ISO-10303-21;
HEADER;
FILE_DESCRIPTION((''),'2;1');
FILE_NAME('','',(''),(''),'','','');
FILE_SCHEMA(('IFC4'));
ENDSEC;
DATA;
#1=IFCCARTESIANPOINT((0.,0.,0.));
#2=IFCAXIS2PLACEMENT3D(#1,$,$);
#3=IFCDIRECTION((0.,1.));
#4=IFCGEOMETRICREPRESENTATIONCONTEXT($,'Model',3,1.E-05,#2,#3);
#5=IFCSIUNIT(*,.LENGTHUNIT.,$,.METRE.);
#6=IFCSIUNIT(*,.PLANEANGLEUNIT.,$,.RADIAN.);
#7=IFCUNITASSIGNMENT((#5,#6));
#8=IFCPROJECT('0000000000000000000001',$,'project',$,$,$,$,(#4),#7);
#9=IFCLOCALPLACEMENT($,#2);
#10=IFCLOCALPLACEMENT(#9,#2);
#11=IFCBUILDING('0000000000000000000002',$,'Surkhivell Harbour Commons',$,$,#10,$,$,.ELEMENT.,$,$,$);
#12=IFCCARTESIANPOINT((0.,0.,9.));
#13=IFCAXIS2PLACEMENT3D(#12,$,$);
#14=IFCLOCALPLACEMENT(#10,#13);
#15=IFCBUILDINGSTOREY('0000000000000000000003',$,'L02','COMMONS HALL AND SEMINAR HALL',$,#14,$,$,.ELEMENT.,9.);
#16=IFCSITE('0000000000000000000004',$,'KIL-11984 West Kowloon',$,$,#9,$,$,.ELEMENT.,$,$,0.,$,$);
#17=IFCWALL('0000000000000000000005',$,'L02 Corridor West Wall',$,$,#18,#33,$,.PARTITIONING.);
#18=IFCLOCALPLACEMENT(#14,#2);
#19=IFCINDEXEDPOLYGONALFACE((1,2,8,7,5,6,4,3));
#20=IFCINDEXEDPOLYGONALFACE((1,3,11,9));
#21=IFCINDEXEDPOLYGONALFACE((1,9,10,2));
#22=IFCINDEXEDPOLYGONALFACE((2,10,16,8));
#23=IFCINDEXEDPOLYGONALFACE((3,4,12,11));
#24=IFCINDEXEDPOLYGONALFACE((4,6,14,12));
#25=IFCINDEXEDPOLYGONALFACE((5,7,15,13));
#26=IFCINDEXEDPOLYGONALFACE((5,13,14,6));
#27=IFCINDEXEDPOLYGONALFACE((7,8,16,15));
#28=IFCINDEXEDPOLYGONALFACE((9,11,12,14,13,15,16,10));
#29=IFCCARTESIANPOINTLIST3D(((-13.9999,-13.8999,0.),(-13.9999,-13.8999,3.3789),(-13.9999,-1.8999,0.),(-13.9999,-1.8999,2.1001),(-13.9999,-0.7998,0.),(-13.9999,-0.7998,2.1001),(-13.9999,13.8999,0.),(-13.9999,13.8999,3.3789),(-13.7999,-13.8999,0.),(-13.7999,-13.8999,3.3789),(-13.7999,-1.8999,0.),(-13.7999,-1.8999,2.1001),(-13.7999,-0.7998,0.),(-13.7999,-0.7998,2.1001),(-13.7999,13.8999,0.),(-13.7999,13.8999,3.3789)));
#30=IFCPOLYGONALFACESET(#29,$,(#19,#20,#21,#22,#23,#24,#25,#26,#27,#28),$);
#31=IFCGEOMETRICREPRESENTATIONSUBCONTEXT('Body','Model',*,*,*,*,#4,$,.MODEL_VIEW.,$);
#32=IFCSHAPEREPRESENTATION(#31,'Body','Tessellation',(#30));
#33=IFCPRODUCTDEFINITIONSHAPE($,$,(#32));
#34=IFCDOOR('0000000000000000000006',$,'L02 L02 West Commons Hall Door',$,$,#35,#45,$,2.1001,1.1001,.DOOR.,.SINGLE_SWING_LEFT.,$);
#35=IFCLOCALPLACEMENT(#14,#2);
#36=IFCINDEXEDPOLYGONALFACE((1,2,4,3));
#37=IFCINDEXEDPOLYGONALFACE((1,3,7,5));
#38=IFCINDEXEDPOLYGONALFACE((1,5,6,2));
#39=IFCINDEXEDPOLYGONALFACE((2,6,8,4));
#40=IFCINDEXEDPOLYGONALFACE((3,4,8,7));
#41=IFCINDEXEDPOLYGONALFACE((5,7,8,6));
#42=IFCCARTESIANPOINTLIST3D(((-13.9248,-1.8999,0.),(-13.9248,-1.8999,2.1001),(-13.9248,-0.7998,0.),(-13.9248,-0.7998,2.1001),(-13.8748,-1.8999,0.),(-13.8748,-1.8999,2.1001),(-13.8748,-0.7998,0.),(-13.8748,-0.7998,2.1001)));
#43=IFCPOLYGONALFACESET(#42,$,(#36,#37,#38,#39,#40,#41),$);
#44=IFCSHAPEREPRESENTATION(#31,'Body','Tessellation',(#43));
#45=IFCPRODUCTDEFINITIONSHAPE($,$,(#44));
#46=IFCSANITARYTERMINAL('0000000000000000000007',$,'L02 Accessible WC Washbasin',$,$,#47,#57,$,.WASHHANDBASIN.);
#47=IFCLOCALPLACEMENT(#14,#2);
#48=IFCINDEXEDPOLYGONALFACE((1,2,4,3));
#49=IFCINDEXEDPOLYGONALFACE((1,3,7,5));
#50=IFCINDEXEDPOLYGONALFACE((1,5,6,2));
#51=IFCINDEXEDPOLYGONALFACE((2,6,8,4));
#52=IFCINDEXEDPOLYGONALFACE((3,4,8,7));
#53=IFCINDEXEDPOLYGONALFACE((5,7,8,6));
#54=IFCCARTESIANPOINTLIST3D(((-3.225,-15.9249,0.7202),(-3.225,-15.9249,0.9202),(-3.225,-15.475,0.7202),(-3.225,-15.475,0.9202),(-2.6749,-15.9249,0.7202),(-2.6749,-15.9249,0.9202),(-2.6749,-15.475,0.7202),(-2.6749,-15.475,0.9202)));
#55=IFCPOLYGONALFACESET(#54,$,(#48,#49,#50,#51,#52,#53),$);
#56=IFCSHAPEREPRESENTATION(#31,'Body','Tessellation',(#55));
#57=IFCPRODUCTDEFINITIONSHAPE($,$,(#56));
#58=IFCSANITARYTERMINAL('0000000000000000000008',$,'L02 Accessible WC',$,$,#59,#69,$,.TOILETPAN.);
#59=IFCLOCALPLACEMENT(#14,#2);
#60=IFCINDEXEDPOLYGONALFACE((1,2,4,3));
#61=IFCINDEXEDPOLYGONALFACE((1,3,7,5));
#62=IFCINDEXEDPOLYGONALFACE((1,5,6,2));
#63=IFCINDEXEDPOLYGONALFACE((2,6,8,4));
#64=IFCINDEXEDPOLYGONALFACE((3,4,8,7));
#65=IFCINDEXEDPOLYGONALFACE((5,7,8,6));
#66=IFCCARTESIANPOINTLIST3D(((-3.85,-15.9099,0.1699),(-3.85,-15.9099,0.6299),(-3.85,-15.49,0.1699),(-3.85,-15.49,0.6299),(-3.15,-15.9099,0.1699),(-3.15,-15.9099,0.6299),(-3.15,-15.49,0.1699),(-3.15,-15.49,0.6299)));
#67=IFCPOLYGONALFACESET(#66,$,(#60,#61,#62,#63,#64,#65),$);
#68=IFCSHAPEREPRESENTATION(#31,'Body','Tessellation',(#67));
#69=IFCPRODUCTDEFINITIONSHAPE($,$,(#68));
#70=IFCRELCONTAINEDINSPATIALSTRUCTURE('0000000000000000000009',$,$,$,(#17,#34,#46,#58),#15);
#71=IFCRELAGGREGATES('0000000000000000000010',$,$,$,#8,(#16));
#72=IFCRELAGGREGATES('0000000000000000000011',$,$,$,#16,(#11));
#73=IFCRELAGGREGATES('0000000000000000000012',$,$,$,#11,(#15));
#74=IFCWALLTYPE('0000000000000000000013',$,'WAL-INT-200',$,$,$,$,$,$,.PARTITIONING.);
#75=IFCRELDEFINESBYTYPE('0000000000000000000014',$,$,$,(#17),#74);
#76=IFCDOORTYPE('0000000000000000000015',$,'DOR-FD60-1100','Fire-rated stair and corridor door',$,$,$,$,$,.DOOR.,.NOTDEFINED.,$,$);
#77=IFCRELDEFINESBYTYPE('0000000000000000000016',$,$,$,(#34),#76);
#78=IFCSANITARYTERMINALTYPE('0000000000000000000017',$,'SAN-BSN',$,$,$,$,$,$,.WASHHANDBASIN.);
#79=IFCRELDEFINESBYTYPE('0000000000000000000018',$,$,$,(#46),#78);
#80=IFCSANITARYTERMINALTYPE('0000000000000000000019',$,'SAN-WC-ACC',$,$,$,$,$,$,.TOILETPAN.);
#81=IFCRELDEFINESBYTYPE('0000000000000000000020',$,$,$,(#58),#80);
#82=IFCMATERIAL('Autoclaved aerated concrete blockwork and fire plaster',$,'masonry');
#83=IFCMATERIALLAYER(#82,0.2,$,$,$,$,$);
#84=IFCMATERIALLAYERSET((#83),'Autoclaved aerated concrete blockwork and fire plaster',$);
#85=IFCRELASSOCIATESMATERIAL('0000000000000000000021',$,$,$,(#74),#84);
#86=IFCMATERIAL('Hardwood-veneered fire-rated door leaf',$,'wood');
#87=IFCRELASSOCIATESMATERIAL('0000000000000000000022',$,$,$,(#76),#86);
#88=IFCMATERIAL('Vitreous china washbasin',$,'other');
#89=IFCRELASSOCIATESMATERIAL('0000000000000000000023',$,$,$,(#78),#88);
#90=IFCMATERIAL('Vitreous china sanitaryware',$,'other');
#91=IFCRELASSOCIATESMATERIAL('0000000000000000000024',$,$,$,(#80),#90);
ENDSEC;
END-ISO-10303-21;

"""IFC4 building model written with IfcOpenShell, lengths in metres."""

from ifc_helpers import new_model, si_unit, direction, frame, frame_2d, origin, origin_2d, place, context, subcontext, project, spatial, rectangle, extrude, material, layer, layer_set, type_object, element, fill, save


model = new_model("IFC4")

# Units and contexts
model_context = context("Model", 3, precision=1e-05, world=origin(), true_north=direction((0.0, 1.0)))
body_context = subcontext(model_context, "Body", "Model", "MODEL_VIEW")
ifc_project = project(units=[si_unit("LENGTHUNIT", "METRE"), si_unit("PLANEANGLEUNIT", "RADIAN")], contexts=[model_context])

# Site, building, storey
site_placement = place(None, origin())
site = spatial("IfcSite", under=ifc_project, at=site_placement, Name="KIL-11984 West Kowloon", CompositionType="ELEMENT", RefElevation=0.0)
building_placement = place(site_placement, origin())
building = spatial("IfcBuilding", under=site, at=building_placement, Name="Surkhivell Harbour Commons", CompositionType="ELEMENT")
storey_placement = place(building_placement, frame((0.0, 0.0, 9.0)))
storey = spatial("IfcBuildingStorey", under=building, at=storey_placement, Name="L02", Description="COMMONS HALL AND SEMINAR HALL", CompositionType="ELEMENT", Elevation=9.0)

# Shared definitions
ifc_material_1 = material(Name="Autoclaved aerated concrete blockwork and fire plaster", Category="masonry")
ifc_layer_1 = layer(ifc_material_1, 0.2)
ifc_layer_set_1 = layer_set([ifc_layer_1], Name="Autoclaved aerated concrete blockwork and fire plaster")
wall_type_1 = type_object("IfcWallType", Name="WAL-INT-200", PredefinedType="PARTITIONING", material=ifc_layer_set_1)

# Shared definitions
ifc_material_2 = material(Name="Hardwood-veneered fire-rated door leaf", Category="wood")
door_type_1 = type_object("IfcDoorType", Name="DOR-FD60-1100", Description="Fire-rated stair and corridor door", OperationType="NOTDEFINED", PredefinedType="DOOR", material=ifc_material_2)

# Wall, opening, door
wall_1_placement = place(storey_placement, frame((-13.8999, -13.8999, 0.0), z_axis=(0.0, 0.0, 1.0), x_axis=(0.0, 1.0, 0.0)))
wall_1 = element("IfcWall", 1, at=wall_1_placement, inside=storey, type_object=wall_type_1, Name="L02 Corridor West Wall", PredefinedType="PARTITIONING", context=body_context, shape_type="SweptSolid", body=[
    extrude(rectangle(XDim=27.7998, YDim=0.2, at=frame_2d((13.8999, 0.0))), origin(), (0.0, 0.0, 1.0), 3.3789),
])
opening_1_placement = place(wall_1_placement, frame((12.0, 0.0, 0.0)))
opening_1 = element("IfcOpeningElement", 2, at=opening_1_placement, cuts=wall_1, PredefinedType="OPENING", context=body_context, shape_type="SweptSolid", body=[
    extrude(rectangle(XDim=1.1001, YDim=2.1001, at=frame_2d((0.55, 1.05))), frame((0.0, 0.1099, 0.0), z_axis=(0.0, -1.0, 0.0), x_axis=(1.0, 0.0, 0.0)), (0.0, 0.0, 1.0), 0.22),
])
door_1_placement = place(opening_1_placement, origin())
door_1 = element("IfcDoor", 3, at=door_1_placement, inside=storey, type_object=door_type_1, Name="L02 L02 West Commons Hall Door", OperationType="SINGLE_SWING_LEFT", OverallHeight=2.1001, OverallWidth=1.1001, PredefinedType="DOOR", context=body_context, shape_type="SweptSolid", body=[
    extrude(rectangle(XDim=1.1001, YDim=2.1001, at=frame_2d((0.55, 1.05))), frame((0.0, 0.0249, 0.0), z_axis=(0.0, -1.0, 0.0), x_axis=(1.0, 0.0, 0.0)), (0.0, 0.0, 1.0), 0.05),
])
fill(opening_1, door_1)

# Sanitary terminals
ifc_material_3 = material(Name="Vitreous china washbasin", Category="other")
sanitary_terminal_type_1 = type_object("IfcSanitaryTerminalType", Name="SAN-BSN", PredefinedType="WASHHANDBASIN", material=ifc_material_3)
sanitary_terminal_1_placement = place(storey_placement, frame((-2.95, -15.7, 0.7202), z_axis=(0.0, 0.0, 1.0), x_axis=(1.0, 0.0, 0.0)))
element("IfcSanitaryTerminal", 4, at=sanitary_terminal_1_placement, inside=storey, type_object=sanitary_terminal_type_1, Name="L02 Accessible WC Washbasin", PredefinedType="WASHHANDBASIN", context=body_context, shape_type="SweptSolid", body=[
    extrude(rectangle(XDim=0.55, YDim=0.45, at=origin_2d()), origin(), (0.0, 0.0, 1.0), 0.2),
])
ifc_material_4 = material(Name="Vitreous china sanitaryware", Category="other")
sanitary_terminal_type_2 = type_object("IfcSanitaryTerminalType", Name="SAN-WC-ACC", PredefinedType="TOILETPAN", material=ifc_material_4)
sanitary_terminal_2_placement = place(storey_placement, frame((-3.5, -15.7, 0.1699), z_axis=(0.0, 0.0, 1.0), x_axis=(1.0, 0.0, 0.0)))
element("IfcSanitaryTerminal", 5, at=sanitary_terminal_2_placement, inside=storey, type_object=sanitary_terminal_type_2, Name="L02 Accessible WC", PredefinedType="TOILETPAN", context=body_context, shape_type="SweptSolid", body=[
    extrude(rectangle(XDim=0.7, YDim=0.4199, at=origin_2d()), origin(), (0.0, 0.0, 1.0), 0.46),
])

save(model, "model.ifc")
